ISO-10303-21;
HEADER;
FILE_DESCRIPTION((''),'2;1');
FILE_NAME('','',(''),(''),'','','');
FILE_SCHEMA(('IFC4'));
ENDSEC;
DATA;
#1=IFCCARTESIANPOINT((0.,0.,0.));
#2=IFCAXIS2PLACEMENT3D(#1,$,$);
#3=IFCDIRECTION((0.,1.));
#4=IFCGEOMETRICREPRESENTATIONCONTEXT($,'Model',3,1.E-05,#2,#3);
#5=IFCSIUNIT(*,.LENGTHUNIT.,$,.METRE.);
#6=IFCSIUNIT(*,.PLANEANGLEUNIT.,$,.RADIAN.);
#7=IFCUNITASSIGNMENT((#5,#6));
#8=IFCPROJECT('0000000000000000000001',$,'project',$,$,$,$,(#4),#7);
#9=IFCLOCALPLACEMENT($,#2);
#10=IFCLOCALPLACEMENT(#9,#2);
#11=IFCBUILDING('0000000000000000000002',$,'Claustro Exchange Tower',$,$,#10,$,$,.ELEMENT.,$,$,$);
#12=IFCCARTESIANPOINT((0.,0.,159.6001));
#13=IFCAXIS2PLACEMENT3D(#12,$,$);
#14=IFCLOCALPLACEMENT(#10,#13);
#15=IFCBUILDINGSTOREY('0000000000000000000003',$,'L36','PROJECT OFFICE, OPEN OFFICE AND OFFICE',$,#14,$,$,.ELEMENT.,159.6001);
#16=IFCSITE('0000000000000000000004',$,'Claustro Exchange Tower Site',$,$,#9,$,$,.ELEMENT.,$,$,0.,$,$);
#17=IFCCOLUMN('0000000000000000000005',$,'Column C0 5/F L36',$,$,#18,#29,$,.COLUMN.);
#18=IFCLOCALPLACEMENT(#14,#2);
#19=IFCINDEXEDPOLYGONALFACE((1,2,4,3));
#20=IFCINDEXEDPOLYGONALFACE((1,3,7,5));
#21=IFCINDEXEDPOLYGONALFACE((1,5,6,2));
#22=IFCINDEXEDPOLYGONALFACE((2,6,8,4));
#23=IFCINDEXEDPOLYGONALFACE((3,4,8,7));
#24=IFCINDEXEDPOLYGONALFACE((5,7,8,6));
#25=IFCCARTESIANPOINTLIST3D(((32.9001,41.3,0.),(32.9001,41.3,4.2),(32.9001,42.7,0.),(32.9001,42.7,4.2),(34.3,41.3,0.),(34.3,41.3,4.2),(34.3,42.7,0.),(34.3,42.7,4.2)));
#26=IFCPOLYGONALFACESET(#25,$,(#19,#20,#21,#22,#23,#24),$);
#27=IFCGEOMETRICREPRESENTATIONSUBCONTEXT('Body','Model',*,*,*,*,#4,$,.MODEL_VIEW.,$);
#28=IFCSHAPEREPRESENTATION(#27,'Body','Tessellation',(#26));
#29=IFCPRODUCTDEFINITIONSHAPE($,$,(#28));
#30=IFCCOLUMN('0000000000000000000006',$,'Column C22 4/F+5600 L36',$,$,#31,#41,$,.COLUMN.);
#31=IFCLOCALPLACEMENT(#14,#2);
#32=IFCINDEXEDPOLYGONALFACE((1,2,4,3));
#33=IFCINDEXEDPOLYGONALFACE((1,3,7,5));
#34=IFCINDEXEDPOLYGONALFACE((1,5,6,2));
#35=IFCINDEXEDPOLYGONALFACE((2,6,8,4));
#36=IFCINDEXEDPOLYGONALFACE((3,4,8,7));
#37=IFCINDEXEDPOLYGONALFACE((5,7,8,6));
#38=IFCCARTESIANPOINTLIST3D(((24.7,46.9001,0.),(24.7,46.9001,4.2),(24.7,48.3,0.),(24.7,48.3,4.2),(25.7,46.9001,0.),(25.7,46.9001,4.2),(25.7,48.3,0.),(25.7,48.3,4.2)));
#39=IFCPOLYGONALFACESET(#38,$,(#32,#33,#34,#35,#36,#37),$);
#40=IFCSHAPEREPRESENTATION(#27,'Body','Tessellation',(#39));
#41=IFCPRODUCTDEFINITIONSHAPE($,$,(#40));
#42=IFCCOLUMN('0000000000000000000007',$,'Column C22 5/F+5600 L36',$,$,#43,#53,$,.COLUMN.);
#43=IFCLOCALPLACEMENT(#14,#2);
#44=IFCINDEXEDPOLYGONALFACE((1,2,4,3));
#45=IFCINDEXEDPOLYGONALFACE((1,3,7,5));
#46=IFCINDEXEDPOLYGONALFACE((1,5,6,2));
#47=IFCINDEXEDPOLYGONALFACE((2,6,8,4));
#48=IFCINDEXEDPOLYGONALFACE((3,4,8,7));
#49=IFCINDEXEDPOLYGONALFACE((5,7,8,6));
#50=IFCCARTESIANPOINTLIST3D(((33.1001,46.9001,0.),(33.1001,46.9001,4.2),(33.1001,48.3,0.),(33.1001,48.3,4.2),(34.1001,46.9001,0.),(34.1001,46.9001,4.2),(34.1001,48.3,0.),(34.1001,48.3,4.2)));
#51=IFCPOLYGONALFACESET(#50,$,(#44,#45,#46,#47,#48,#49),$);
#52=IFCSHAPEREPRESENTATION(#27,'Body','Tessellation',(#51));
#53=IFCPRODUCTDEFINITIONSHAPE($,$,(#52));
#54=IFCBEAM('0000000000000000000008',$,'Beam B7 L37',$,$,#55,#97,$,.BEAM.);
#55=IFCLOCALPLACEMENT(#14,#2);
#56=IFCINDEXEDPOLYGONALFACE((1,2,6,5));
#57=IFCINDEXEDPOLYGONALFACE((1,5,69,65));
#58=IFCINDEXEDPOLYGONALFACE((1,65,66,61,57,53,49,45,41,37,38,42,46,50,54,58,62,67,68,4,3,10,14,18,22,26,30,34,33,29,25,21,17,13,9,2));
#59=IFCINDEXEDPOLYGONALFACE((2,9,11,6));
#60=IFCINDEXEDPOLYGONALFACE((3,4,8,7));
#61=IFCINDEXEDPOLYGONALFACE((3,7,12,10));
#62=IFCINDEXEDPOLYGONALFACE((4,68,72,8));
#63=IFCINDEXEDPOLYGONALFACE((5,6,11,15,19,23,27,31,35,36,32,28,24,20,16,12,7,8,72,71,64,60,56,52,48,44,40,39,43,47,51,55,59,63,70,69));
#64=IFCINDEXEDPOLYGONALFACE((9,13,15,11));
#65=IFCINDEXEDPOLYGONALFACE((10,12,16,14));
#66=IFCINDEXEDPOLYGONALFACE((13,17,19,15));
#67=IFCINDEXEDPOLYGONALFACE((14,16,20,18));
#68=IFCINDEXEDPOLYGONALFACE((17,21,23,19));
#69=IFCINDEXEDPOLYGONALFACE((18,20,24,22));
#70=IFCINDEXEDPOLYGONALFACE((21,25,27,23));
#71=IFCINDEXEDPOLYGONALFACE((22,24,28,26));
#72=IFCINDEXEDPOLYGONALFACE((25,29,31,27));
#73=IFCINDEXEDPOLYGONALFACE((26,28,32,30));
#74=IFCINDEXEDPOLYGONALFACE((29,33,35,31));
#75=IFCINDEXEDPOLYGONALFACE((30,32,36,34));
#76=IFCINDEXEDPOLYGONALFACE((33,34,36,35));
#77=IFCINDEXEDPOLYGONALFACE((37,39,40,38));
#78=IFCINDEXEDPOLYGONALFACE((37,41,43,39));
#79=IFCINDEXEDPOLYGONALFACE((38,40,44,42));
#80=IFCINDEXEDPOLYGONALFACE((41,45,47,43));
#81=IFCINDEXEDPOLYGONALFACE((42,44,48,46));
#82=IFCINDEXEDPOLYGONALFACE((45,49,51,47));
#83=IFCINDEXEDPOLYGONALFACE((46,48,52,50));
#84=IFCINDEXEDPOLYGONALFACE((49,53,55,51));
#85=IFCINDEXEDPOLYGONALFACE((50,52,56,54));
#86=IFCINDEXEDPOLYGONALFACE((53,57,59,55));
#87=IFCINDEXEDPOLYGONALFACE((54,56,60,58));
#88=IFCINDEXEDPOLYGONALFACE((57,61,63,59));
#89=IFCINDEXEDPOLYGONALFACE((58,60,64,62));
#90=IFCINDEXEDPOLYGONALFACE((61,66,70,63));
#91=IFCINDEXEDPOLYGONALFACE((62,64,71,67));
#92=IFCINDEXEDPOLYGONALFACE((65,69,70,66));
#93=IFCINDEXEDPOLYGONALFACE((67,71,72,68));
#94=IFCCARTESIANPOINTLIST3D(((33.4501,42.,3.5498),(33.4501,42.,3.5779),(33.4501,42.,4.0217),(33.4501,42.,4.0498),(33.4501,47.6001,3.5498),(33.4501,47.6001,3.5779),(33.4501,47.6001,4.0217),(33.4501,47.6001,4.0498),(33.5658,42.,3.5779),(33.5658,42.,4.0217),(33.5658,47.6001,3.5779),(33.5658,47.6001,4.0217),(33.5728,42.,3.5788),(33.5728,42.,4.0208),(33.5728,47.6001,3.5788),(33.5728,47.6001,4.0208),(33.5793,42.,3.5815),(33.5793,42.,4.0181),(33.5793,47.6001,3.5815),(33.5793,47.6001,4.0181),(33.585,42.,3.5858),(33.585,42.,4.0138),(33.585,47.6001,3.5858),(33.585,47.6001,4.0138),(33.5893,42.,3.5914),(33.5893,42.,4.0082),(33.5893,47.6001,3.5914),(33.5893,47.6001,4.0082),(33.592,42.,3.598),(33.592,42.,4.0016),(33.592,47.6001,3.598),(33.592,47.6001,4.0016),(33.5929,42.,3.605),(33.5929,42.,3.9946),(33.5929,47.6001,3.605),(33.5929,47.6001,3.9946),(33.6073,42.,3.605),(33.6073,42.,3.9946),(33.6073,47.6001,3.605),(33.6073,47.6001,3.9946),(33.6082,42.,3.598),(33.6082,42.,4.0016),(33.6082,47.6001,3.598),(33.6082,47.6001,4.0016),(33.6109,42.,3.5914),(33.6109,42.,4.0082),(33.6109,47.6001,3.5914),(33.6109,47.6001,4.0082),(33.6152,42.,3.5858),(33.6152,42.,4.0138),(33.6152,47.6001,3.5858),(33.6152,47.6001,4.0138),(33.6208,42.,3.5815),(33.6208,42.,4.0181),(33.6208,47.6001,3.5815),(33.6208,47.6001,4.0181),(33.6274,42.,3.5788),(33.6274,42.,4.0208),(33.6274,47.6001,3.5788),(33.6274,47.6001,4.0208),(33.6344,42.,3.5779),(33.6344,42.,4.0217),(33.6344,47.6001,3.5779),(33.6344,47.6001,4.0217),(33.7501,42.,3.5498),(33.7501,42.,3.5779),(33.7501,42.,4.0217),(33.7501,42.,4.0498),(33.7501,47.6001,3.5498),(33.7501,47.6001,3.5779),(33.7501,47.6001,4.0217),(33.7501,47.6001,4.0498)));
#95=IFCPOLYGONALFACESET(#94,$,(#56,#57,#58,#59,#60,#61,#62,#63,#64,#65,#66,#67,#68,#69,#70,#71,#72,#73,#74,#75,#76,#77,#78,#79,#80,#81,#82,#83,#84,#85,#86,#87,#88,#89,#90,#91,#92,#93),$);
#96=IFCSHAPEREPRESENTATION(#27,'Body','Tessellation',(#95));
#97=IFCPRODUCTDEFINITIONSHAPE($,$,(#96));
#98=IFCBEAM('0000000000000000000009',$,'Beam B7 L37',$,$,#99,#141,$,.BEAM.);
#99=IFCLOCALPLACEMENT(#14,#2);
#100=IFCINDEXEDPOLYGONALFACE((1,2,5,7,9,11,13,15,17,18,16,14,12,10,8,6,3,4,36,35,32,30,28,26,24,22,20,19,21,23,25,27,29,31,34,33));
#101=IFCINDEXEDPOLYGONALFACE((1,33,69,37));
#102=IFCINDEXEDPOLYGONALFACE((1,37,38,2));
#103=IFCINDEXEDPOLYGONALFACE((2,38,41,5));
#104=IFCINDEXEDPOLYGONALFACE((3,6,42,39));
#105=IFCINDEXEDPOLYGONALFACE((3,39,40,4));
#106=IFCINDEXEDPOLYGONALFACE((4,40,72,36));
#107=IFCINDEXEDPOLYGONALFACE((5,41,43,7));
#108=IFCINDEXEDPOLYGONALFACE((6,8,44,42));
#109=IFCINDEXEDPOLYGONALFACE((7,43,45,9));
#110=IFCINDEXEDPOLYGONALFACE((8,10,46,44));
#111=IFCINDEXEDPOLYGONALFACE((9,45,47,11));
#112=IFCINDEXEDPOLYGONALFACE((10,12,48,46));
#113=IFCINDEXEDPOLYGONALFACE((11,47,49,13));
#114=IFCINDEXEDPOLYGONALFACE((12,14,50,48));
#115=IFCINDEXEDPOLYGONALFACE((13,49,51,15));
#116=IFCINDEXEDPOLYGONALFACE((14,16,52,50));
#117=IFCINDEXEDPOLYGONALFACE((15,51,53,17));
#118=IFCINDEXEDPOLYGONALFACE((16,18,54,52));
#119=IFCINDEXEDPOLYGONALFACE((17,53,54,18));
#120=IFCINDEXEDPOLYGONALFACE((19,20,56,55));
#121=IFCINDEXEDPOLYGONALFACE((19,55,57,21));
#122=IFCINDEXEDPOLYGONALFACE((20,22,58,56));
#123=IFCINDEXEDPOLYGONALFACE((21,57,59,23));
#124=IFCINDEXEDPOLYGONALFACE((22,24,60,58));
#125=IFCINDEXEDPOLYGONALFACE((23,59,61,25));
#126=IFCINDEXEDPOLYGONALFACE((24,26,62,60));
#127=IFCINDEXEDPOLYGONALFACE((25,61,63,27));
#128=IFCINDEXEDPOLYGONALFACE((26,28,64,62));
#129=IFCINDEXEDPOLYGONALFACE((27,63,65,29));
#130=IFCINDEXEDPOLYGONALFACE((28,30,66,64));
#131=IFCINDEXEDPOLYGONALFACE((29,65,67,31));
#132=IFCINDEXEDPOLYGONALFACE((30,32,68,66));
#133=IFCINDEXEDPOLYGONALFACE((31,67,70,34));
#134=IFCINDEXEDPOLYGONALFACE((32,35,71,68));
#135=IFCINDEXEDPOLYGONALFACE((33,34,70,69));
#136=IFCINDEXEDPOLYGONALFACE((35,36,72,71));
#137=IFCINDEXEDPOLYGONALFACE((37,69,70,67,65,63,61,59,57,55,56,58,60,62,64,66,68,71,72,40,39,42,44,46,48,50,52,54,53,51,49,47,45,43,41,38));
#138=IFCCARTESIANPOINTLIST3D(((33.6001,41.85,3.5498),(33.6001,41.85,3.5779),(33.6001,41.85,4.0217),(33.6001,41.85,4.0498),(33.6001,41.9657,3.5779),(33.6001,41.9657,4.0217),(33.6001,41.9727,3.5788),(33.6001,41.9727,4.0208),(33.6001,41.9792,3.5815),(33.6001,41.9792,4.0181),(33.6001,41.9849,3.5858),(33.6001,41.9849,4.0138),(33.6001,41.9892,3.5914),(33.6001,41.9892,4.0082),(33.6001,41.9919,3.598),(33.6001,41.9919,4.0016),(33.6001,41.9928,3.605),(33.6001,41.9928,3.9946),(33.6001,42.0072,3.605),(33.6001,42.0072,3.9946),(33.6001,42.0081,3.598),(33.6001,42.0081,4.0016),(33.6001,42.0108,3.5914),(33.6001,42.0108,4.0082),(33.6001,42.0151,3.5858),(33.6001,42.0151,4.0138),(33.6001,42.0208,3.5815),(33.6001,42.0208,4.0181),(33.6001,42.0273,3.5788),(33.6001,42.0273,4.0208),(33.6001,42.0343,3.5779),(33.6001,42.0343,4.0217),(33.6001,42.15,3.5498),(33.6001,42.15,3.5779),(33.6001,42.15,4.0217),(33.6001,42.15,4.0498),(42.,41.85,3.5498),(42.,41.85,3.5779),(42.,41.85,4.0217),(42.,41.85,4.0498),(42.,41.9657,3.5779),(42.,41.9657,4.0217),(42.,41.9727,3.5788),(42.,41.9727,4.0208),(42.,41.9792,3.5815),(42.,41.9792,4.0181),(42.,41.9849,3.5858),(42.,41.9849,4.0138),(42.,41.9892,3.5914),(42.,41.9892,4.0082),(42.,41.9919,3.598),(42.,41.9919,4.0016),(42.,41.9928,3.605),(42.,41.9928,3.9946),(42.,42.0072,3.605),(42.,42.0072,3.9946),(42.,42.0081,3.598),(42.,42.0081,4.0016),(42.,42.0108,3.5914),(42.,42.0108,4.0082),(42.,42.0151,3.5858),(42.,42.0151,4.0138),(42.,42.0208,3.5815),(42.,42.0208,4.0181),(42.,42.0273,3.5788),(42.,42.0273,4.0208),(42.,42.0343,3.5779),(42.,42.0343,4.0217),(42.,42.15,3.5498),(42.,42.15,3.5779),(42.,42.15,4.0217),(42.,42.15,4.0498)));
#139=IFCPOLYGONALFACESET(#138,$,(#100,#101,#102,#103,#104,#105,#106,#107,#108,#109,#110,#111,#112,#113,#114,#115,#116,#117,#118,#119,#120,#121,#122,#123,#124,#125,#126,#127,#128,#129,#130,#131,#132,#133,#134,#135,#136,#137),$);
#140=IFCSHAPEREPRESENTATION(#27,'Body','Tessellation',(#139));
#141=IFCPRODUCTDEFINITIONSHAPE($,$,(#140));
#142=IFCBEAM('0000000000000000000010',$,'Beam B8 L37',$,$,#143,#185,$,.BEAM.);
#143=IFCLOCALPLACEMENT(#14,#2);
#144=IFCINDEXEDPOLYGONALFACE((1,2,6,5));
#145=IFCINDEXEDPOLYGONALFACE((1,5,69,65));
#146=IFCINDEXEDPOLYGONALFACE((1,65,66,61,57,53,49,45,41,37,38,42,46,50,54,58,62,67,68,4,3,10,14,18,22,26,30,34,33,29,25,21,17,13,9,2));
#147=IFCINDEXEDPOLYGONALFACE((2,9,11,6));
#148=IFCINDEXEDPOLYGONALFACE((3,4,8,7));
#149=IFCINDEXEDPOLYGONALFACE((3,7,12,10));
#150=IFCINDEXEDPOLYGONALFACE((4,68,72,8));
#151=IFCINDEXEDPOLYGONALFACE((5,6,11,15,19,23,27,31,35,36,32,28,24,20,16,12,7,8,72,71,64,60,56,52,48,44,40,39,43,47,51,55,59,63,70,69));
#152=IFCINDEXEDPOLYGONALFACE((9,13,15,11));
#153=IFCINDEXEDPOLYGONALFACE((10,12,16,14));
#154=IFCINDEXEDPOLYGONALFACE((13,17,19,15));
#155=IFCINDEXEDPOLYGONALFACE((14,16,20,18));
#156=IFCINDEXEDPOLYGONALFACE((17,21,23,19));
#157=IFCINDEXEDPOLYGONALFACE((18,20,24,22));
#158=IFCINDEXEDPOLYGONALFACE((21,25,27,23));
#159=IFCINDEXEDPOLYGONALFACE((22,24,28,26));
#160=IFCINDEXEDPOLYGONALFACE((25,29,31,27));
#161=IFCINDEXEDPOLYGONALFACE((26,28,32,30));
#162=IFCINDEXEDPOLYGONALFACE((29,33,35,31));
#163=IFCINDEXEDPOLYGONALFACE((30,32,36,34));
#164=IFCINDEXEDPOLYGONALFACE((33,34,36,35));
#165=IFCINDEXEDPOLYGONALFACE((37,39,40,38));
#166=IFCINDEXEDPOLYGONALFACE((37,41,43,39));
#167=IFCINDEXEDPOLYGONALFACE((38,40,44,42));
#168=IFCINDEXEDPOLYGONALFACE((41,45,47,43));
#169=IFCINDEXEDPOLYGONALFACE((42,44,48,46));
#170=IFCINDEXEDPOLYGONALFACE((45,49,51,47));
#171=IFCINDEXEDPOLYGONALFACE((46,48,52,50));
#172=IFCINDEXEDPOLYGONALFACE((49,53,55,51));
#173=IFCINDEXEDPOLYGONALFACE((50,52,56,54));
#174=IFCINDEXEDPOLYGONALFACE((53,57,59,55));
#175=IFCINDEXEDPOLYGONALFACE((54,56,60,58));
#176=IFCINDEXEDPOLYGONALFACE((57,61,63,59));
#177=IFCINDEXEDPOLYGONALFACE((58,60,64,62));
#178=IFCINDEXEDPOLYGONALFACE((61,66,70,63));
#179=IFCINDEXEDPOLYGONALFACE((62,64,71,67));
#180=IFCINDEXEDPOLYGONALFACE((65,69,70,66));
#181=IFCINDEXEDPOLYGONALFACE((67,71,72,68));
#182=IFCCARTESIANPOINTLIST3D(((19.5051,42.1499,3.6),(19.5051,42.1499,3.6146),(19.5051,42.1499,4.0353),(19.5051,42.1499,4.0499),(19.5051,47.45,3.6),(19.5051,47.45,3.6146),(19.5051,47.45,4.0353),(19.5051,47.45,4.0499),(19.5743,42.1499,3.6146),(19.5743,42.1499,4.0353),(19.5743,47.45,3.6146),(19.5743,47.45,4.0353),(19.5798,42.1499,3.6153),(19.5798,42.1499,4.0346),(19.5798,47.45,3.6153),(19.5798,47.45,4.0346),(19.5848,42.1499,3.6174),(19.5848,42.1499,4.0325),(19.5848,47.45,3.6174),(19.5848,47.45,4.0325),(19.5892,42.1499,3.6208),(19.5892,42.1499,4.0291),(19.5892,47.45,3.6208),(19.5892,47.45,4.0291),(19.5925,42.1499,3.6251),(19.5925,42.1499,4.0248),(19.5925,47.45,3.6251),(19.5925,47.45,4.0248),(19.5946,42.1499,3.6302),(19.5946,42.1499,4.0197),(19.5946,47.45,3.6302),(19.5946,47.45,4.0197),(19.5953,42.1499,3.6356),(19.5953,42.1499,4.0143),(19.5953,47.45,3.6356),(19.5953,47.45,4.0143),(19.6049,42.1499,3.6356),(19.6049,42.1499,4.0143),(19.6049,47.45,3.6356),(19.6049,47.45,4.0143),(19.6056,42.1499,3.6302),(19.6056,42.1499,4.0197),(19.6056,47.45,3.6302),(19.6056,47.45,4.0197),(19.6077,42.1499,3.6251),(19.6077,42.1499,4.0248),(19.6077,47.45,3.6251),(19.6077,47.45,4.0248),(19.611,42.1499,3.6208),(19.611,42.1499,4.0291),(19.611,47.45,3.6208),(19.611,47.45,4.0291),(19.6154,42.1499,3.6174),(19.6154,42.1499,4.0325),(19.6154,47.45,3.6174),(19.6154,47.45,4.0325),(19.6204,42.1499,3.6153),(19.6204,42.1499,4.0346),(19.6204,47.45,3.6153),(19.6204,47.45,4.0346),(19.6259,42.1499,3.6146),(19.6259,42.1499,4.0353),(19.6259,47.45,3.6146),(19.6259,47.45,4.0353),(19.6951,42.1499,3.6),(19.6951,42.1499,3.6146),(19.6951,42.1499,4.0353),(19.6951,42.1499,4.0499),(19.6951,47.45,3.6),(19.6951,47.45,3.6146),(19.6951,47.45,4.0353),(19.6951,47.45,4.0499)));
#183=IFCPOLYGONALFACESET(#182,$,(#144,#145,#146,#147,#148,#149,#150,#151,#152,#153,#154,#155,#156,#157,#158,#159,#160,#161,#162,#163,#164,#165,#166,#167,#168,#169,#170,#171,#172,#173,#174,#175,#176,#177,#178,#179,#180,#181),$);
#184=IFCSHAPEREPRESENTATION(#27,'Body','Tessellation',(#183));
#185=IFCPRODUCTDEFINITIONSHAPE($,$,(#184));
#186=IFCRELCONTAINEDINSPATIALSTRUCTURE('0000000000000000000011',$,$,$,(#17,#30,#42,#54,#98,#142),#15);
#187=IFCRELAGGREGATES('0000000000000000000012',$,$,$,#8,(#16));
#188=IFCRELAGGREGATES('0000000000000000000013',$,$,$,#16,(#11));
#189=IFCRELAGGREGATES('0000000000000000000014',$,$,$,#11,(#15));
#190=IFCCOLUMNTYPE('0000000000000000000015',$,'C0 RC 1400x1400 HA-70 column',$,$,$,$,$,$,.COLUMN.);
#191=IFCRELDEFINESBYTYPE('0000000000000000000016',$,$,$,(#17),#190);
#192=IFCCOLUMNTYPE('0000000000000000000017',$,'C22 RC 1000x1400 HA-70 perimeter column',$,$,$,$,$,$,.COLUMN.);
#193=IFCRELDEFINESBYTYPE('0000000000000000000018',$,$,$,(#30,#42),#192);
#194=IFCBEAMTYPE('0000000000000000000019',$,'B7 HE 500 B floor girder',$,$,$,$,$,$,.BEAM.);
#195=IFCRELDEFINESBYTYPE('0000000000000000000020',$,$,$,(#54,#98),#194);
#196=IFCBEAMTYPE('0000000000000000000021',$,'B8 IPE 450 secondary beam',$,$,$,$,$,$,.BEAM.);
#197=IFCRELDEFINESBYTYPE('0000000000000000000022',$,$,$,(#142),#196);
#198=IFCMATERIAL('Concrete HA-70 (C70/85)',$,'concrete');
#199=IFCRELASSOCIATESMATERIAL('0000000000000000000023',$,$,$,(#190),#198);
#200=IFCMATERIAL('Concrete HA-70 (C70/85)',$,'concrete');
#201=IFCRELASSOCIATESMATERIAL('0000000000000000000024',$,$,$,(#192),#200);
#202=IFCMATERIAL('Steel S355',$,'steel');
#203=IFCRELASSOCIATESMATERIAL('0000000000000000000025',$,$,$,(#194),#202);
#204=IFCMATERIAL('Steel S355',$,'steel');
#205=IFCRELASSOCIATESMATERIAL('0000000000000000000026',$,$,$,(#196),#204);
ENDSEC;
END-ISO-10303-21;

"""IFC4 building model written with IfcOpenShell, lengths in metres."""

from ifc_helpers import new_model, si_unit, direction, frame, origin, origin_2d, place, context, subcontext, project, spatial, rectangle, i_section, extrude, material, material_profile, profile_set, type_object, element, save


model = new_model("IFC4")

# Units and contexts
model_context = context("Model", 3, precision=1e-05, world=origin(), true_north=direction((0.0, 1.0)))
body_context = subcontext(model_context, "Body", "Model", "MODEL_VIEW")
ifc_project = project(units=[si_unit("LENGTHUNIT", "METRE"), si_unit("PLANEANGLEUNIT", "RADIAN")], contexts=[model_context])

# Site, building, storey
site_placement = place(None, origin())
site = spatial("IfcSite", under=ifc_project, at=site_placement, Name="Claustro Exchange Tower Site", CompositionType="ELEMENT", RefElevation=0.0)
building_placement = place(site_placement, origin())
building = spatial("IfcBuilding", under=site, at=building_placement, Name="Claustro Exchange Tower", CompositionType="ELEMENT")
storey_placement = place(building_placement, frame((0.0, 0.0, 159.6001)))
storey = spatial("IfcBuildingStorey", under=building, at=storey_placement, Name="L36", Description="PROJECT OFFICE, OPEN OFFICE AND OFFICE", CompositionType="ELEMENT", Elevation=159.6001)

# Columns
ifc_material_1 = material(Name="Concrete HA-70 (C70/85)", Category="concrete")
ifc_material_profile_1 = material_profile(ifc_material_1, rectangle(XDim=1.3999, YDim=1.3999, at=origin_2d()), Name="RC 1400x1400")
ifc_profile_set_1 = profile_set([ifc_material_profile_1], Name="Concrete HA-70 (C70/85)")
column_type_1 = type_object("IfcColumnType", Name="C0 RC 1400x1400 HA-70 column", PredefinedType="COLUMN", material=ifc_profile_set_1)
column_placement = place(storey_placement, frame((33.6001, 42.0, 0.0), z_axis=(0.0, 0.0, 1.0), x_axis=(1.0, 0.0, 0.0)))
element("IfcColumn", 1, at=column_placement, inside=storey, type_object=column_type_1, Name="Column C0 5/F L36", PredefinedType="COLUMN", context=body_context, shape_type="SweptSolid", body=[
    extrude(rectangle(XDim=1.3999, YDim=1.3999, at=origin_2d()), origin(), (0.0, 0.0, 1.0), 4.2),
])
ifc_material_2 = material(Name="Concrete HA-70 (C70/85)", Category="concrete")
ifc_material_profile_2 = material_profile(ifc_material_2, rectangle(XDim=1.0, YDim=1.3999, at=origin_2d()), Name="RC 1000x1400")
ifc_profile_set_2 = profile_set([ifc_material_profile_2], Name="Concrete HA-70 (C70/85)")
column_type_2 = type_object("IfcColumnType", Name="C22 RC 1000x1400 HA-70 perimeter column", PredefinedType="COLUMN", material=ifc_profile_set_2)
for number, where, z_axis, x_axis, name in (
    (2, (25.2, 47.6001, 0.0), (0.0, 0.0, 1.0), (1.0, 0.0, 0.0), "Column C22 4/F+5600 L36"),
    (3, (33.6001, 47.6001, 0.0), (0.0, 0.0, 1.0), (1.0, 0.0, 0.0), "Column C22 5/F+5600 L36"),
):
    element("IfcColumn", number, at=place(storey_placement, frame(where, z_axis=z_axis, x_axis=x_axis)), inside=storey, type_object=column_type_2, Name=name, PredefinedType="COLUMN", context=body_context, shape_type="SweptSolid", body=[
        extrude(rectangle(XDim=1.0, YDim=1.3999, at=origin_2d()), origin(), (0.0, 0.0, 1.0), 4.2),
    ])

# Beams
ifc_material_3 = material(Name="Steel S355", Category="steel")
ifc_material_profile_3 = material_profile(ifc_material_3, i_section(OverallWidth=0.3, OverallDepth=0.5, WebThickness=0.0144, FlangeThickness=0.0281, FilletRadius=0.0271, at=origin_2d()), Name="HE 500 B")
ifc_profile_set_3 = profile_set([ifc_material_profile_3], Name="Steel S355")
beam_type_1 = type_object("IfcBeamType", Name="B7 HE 500 B floor girder", PredefinedType="BEAM", material=ifc_profile_set_3)
beam_1_placement = place(storey_placement, frame((33.6001, 42.0, 3.7998), z_axis=(0.0, 1.0, 0.0), x_axis=(-1.0, 0.0, 0.0)))
element("IfcBeam", 4, at=beam_1_placement, inside=storey, type_object=beam_type_1, Name="Beam B7 L37", PredefinedType="BEAM", context=body_context, shape_type="SweptSolid", body=[
    extrude(i_section(OverallWidth=0.3, OverallDepth=0.5, WebThickness=0.0144, FlangeThickness=0.0281, FilletRadius=0.0271, at=origin_2d()), origin(), (0.0, 0.0, 1.0), 5.6001),
])
beam_2_placement = place(storey_placement, frame((33.6001, 42.0, 3.7998), z_axis=(1.0, 0.0, 0.0), x_axis=(0.0, 1.0, 0.0)))
element("IfcBeam", 5, at=beam_2_placement, inside=storey, type_object=beam_type_1, Name="Beam B7 L37", PredefinedType="BEAM", context=body_context, shape_type="SweptSolid", body=[
    extrude(i_section(OverallWidth=0.3, OverallDepth=0.5, WebThickness=0.0144, FlangeThickness=0.0281, FilletRadius=0.0271, at=origin_2d()), origin(), (0.0, 0.0, 1.0), 8.3999),
])
ifc_material_4 = material(Name="Steel S355", Category="steel")
ifc_material_profile_4 = material_profile(ifc_material_4, i_section(OverallWidth=0.1899, OverallDepth=0.45, WebThickness=0.0095, FlangeThickness=0.0146, FilletRadius=0.021, at=origin_2d()), Name="IPE 450")
ifc_profile_set_4 = profile_set([ifc_material_profile_4], Name="Steel S355")
beam_type_2 = type_object("IfcBeamType", Name="B8 IPE 450 secondary beam", PredefinedType="BEAM", material=ifc_profile_set_4)
for number, where, z_axis, x_axis, name in (
    (6, (19.6001, 42.1499, 3.825), (0.0, 1.0, 0.0), (-1.0, 0.0, 0.0), "Beam B8 L37"),
):
    element("IfcBeam", number, at=place(storey_placement, frame(where, z_axis=z_axis, x_axis=x_axis)), inside=storey, type_object=beam_type_2, Name=name, PredefinedType="BEAM", context=body_context, shape_type="SweptSolid", body=[
        extrude(i_section(OverallWidth=0.1899, OverallDepth=0.45, WebThickness=0.0095, FlangeThickness=0.0146, FilletRadius=0.021, at=origin_2d()), origin(), (0.0, 0.0, 1.0), 5.3),
    ])

save(model, "model.ifc")
